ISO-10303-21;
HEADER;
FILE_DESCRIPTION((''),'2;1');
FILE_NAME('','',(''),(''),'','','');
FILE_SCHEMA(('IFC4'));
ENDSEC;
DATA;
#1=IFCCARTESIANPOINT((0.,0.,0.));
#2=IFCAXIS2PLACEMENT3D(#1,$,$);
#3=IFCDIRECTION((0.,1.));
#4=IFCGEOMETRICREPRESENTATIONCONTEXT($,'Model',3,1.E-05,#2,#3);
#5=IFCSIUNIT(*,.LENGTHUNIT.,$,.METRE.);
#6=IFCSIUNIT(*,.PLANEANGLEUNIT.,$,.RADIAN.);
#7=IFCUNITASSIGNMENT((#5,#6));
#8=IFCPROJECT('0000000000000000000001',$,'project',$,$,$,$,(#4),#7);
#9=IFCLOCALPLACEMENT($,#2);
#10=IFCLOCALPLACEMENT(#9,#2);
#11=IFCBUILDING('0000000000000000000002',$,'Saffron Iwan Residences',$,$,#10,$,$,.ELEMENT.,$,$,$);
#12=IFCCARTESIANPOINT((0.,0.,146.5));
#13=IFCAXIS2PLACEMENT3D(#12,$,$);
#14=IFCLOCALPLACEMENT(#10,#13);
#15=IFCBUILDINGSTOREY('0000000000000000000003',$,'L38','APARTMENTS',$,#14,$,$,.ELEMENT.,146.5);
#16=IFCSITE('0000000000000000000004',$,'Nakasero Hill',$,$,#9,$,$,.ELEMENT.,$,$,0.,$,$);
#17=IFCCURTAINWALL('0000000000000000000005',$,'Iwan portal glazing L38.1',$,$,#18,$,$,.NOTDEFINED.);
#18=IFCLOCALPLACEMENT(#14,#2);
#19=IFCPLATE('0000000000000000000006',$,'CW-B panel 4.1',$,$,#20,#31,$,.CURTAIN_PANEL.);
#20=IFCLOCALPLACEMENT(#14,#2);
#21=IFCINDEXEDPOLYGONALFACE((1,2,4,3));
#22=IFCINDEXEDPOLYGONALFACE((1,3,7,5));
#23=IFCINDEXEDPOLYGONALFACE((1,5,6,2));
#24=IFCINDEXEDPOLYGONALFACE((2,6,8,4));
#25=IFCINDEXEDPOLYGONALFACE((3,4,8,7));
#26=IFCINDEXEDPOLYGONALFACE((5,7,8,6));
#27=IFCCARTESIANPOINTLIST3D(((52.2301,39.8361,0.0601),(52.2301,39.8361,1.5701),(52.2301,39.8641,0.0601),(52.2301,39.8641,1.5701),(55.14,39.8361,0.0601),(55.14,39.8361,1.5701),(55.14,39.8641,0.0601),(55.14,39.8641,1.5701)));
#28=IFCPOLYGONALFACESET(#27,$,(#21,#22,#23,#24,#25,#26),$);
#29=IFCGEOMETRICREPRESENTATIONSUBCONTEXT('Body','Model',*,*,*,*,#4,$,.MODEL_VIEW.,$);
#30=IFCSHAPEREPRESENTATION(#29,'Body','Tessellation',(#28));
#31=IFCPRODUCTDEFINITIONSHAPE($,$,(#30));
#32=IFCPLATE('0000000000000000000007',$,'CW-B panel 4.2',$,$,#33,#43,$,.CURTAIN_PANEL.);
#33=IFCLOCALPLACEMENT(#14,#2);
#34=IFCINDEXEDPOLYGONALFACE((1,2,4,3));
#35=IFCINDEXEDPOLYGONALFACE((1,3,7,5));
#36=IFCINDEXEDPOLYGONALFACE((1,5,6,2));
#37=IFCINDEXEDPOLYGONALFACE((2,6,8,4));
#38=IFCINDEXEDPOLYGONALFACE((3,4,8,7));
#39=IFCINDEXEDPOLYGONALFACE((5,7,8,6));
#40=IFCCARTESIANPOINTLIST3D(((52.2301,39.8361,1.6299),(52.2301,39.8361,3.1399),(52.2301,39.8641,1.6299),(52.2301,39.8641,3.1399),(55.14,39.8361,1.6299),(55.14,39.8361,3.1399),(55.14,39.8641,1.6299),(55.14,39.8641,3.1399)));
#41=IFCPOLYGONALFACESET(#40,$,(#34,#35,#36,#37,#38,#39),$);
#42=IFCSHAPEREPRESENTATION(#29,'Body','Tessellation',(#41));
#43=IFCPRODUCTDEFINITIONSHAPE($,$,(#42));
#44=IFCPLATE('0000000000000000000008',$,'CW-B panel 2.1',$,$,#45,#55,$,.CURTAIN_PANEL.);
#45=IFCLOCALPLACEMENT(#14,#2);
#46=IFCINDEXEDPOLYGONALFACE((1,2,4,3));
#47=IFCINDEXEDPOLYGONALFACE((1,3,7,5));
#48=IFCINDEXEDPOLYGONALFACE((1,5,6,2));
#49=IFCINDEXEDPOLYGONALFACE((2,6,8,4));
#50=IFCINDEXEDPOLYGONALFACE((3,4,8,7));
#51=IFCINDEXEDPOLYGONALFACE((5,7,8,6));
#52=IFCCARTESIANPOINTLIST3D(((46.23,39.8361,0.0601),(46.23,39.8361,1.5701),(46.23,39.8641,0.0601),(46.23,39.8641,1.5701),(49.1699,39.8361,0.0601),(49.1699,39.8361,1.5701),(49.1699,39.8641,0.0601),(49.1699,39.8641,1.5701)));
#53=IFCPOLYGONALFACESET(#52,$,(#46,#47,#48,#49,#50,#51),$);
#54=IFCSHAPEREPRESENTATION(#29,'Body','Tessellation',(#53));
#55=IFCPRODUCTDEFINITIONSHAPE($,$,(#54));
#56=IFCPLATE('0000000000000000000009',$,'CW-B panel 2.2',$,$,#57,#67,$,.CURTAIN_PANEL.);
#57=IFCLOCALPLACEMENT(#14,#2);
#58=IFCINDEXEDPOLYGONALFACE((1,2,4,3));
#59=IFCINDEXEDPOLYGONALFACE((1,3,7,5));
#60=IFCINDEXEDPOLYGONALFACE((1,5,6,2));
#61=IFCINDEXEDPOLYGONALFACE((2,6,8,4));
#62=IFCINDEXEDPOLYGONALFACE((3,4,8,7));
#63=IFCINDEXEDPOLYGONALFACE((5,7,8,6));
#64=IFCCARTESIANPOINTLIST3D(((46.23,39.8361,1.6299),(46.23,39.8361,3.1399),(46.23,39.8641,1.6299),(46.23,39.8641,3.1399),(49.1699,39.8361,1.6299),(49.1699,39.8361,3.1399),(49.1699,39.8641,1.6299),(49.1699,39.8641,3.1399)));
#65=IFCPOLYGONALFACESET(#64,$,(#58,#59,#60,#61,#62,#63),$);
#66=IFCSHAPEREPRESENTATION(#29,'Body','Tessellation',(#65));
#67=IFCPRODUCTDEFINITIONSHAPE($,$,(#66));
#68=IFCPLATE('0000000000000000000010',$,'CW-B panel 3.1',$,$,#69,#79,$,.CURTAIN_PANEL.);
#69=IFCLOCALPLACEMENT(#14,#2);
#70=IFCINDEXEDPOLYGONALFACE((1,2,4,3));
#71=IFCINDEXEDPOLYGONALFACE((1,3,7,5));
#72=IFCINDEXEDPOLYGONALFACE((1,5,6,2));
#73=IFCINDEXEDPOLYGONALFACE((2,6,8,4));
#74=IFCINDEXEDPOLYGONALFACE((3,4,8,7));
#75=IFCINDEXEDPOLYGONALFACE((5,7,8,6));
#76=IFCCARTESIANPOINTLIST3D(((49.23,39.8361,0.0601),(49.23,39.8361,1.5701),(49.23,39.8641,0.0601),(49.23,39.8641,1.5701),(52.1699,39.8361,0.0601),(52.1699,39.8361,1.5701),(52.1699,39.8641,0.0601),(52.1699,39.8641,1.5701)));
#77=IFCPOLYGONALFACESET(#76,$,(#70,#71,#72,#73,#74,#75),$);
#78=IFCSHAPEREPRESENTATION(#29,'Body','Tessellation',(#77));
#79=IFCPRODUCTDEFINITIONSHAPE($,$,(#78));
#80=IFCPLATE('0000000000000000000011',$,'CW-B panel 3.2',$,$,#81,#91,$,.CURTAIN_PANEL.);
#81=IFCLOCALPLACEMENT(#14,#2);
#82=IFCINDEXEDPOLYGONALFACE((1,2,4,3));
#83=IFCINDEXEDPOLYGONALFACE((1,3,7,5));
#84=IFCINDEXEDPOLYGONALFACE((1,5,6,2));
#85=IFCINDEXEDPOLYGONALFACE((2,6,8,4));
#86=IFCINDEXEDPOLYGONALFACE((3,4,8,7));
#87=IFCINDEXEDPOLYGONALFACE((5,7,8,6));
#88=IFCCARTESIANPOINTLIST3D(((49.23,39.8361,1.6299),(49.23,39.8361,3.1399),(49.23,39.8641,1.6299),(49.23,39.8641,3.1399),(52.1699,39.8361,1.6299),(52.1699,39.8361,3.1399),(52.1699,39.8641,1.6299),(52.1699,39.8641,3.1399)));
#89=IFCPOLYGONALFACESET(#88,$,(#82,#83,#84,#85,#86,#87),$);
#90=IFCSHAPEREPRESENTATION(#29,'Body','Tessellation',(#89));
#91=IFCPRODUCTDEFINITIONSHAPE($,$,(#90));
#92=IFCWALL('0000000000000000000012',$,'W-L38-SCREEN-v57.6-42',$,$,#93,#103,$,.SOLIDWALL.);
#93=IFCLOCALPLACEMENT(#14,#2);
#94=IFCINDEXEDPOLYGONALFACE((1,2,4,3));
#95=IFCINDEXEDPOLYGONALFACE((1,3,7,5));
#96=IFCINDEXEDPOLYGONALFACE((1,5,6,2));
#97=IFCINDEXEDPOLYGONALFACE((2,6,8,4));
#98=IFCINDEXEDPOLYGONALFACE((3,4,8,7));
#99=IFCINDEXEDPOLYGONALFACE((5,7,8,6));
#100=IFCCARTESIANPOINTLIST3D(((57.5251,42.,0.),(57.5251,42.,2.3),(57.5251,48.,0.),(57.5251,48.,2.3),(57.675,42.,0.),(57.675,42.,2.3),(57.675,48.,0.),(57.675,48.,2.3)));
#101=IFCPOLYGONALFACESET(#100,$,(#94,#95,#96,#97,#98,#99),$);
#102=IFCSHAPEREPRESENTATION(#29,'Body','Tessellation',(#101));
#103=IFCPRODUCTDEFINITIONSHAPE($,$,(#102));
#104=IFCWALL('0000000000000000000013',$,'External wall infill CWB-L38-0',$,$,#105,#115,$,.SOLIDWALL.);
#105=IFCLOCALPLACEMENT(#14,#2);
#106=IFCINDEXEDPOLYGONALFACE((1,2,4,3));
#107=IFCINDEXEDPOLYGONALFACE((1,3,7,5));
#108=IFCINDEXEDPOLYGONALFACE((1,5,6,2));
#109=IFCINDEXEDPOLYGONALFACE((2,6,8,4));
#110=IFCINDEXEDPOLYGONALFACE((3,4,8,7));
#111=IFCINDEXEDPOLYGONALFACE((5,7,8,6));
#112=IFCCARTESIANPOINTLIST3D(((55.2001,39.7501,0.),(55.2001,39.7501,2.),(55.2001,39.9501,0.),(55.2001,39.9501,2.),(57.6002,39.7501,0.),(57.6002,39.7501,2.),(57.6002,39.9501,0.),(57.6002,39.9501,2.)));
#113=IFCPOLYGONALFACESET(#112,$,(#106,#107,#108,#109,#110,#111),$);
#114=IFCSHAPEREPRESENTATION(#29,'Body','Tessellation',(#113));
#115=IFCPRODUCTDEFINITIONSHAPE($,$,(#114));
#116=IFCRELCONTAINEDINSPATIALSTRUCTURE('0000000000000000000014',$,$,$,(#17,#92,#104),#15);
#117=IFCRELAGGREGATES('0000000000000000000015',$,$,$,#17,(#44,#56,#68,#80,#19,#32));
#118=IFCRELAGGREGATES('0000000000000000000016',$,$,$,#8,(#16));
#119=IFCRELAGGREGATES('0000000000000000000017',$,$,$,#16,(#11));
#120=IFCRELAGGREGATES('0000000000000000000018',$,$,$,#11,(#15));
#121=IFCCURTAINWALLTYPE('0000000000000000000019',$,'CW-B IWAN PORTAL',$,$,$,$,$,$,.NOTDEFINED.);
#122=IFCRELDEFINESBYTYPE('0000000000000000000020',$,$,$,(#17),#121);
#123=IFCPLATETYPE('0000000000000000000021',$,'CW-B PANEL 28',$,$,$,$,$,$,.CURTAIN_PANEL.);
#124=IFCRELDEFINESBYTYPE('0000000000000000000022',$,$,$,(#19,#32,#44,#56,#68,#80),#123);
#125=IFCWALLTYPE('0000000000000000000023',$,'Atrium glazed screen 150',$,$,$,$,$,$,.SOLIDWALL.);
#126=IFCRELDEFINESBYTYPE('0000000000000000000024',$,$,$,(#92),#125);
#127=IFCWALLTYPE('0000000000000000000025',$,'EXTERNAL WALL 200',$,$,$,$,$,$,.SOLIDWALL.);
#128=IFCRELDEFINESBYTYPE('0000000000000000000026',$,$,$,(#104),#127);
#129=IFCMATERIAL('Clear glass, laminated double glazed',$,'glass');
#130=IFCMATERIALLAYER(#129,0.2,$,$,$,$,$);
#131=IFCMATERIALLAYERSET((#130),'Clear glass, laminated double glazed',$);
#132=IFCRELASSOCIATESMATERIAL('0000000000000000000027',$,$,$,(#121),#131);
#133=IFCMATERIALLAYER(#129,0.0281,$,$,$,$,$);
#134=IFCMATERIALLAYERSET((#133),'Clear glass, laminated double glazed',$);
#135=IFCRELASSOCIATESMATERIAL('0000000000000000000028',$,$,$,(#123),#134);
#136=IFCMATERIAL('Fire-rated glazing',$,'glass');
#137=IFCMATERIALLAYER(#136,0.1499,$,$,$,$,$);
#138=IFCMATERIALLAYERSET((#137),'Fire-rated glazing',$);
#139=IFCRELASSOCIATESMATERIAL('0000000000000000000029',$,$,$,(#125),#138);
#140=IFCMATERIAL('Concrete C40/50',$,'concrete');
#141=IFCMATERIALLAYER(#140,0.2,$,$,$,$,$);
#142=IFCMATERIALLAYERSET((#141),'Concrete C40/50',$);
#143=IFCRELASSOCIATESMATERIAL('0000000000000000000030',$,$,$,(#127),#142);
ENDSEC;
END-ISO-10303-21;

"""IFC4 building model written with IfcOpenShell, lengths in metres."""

from ifc_helpers import new_model, si_unit, direction, frame, frame_2d, origin, origin_2d, place, context, subcontext, project, spatial, rectangle, extrude, source, transform, mapped, material, layer, layer_set, type_object, element, aggregate, save


model = new_model("IFC4")

# Units and contexts
model_context = context("Model", 3, precision=1e-05, world=origin(), true_north=direction((0.0, 1.0)))
body_context = subcontext(model_context, "Body", "Model", "MODEL_VIEW")
ifc_project = project(units=[si_unit("LENGTHUNIT", "METRE"), si_unit("PLANEANGLEUNIT", "RADIAN")], contexts=[model_context])

# Site, building, storey
site_placement = place(None, origin())
site = spatial("IfcSite", under=ifc_project, at=site_placement, Name="Nakasero Hill", CompositionType="ELEMENT", RefElevation=0.0)
building_placement = place(site_placement, origin())
building = spatial("IfcBuilding", under=site, at=building_placement, Name="Saffron Iwan Residences", CompositionType="ELEMENT")
storey_placement = place(building_placement, frame((0.0, 0.0, 146.5)))
storey = spatial("IfcBuildingStorey", under=building, at=storey_placement, Name="L38", Description="APARTMENTS", CompositionType="ELEMENT", Elevation=146.5)

# Curtain wall, plates
ifc_material_1 = material(Name="Clear glass, laminated double glazed", Category="glass")
ifc_layer_1 = layer(ifc_material_1, 0.2)
ifc_layer_set_1 = layer_set([ifc_layer_1], Name="Clear glass, laminated double glazed")
curtain_wall_type = type_object("IfcCurtainWallType", Name="CW-B IWAN PORTAL", PredefinedType="NOTDEFINED", material=ifc_layer_set_1)
curtain_wall_placement = place(storey_placement, origin())
curtain_wall = element("IfcCurtainWall", 1, at=curtain_wall_placement, inside=storey, type_object=curtain_wall_type, Name="Iwan portal glazing L38.1", PredefinedType="NOTDEFINED")
ifc_layer_2 = layer(ifc_material_1, 0.0281)
ifc_layer_set_2 = layer_set([ifc_layer_2], Name="Clear glass, laminated double glazed")
plate_type = type_object("IfcPlateType", Name="CW-B PANEL 28", PredefinedType="CURTAIN_PANEL", material=ifc_layer_set_2)
shared_shape_1 = source(origin(), body_context, "Body", "SweptSolid", [
    extrude(rectangle(XDim=2.9099, YDim=0.0281, at=origin_2d()), origin(), (0.0, 0.0, 1.0), 1.51),
])
plate_1_placement = place(storey_placement, frame((53.6851, 39.8501, 0.0601), z_axis=(0.0, 0.0, 1.0), x_axis=(1.0, 0.0, 0.0)))
plate_1 = element("IfcPlate", 2, at=plate_1_placement, type_object=plate_type, Name="CW-B panel 4.1", PredefinedType="CURTAIN_PANEL", context=body_context, shape_type="MappedRepresentation", body=[
    mapped(shared_shape_1, transform((0.0, 0.0, 0.0))),
])
plate_2_placement = place(storey_placement, frame((53.6851, 39.8501, 1.6299), z_axis=(0.0, 0.0, 1.0), x_axis=(1.0, 0.0, 0.0)))
plate_2 = element("IfcPlate", 3, at=plate_2_placement, type_object=plate_type, Name="CW-B panel 4.2", PredefinedType="CURTAIN_PANEL", context=body_context, shape_type="MappedRepresentation", body=[
    mapped(shared_shape_1, transform((0.0, 0.0, 0.0))),
])
shared_shape_2 = source(origin(), body_context, "Body", "SweptSolid", [
    extrude(rectangle(XDim=2.9399, YDim=0.0281, at=origin_2d()), origin(), (0.0, 0.0, 1.0), 1.51),
])
plate_3_placement = place(storey_placement, frame((47.7, 39.8501, 0.0601), z_axis=(0.0, 0.0, 1.0), x_axis=(1.0, 0.0, 0.0)))
plate_3 = element("IfcPlate", 4, at=plate_3_placement, type_object=plate_type, Name="CW-B panel 2.1", PredefinedType="CURTAIN_PANEL", context=body_context, shape_type="MappedRepresentation", body=[
    mapped(shared_shape_2, transform((0.0, 0.0, 0.0))),
])
plate_4_placement = place(storey_placement, frame((47.7, 39.8501, 1.6299), z_axis=(0.0, 0.0, 1.0), x_axis=(1.0, 0.0, 0.0)))
plate_4 = element("IfcPlate", 5, at=plate_4_placement, type_object=plate_type, Name="CW-B panel 2.2", PredefinedType="CURTAIN_PANEL", context=body_context, shape_type="MappedRepresentation", body=[
    mapped(shared_shape_2, transform((0.0, 0.0, 0.0))),
])
plate_5_placement = place(storey_placement, frame((50.7, 39.8501, 0.0601), z_axis=(0.0, 0.0, 1.0), x_axis=(1.0, 0.0, 0.0)))
plate_5 = element("IfcPlate", 6, at=plate_5_placement, type_object=plate_type, Name="CW-B panel 3.1", PredefinedType="CURTAIN_PANEL", context=body_context, shape_type="MappedRepresentation", body=[
    mapped(shared_shape_2, transform((0.0, 0.0, 0.0))),
])
plate_6_placement = place(storey_placement, frame((50.7, 39.8501, 1.6299), z_axis=(0.0, 0.0, 1.0), x_axis=(1.0, 0.0, 0.0)))
plate_6 = element("IfcPlate", 7, at=plate_6_placement, type_object=plate_type, Name="CW-B panel 3.2", PredefinedType="CURTAIN_PANEL", context=body_context, shape_type="MappedRepresentation", body=[
    mapped(shared_shape_2, transform((0.0, 0.0, 0.0))),
])
aggregate(curtain_wall, [plate_3, plate_4, plate_5, plate_6, plate_1, plate_2])

# Walls
ifc_material_2 = material(Name="Fire-rated glazing", Category="glass")
ifc_layer_3 = layer(ifc_material_2, 0.1499)
ifc_layer_set_3 = layer_set([ifc_layer_3], Name="Fire-rated glazing")
wall_type_1 = type_object("IfcWallType", Name="Atrium glazed screen 150", PredefinedType="SOLIDWALL", material=ifc_layer_set_3)
wall_1_placement = place(storey_placement, frame((57.6001, 42.0, 0.0), z_axis=(0.0, 0.0, 1.0), x_axis=(0.0, 1.0, 0.0)))
element("IfcWall", 8, at=wall_1_placement, inside=storey, type_object=wall_type_1, Name="W-L38-SCREEN-v57.6-42", PredefinedType="SOLIDWALL", context=body_context, shape_type="SweptSolid", body=[
    extrude(rectangle(XDim=6.0, YDim=0.1499, at=frame_2d((3.0, 0.0))), origin(), (0.0, 0.0, 1.0), 2.3),
])
ifc_material_3 = material(Name="Concrete C40/50", Category="concrete")
ifc_layer_4 = layer(ifc_material_3, 0.2)
ifc_layer_set_4 = layer_set([ifc_layer_4], Name="Concrete C40/50")
wall_type_2 = type_object("IfcWallType", Name="EXTERNAL WALL 200", PredefinedType="SOLIDWALL", material=ifc_layer_set_4)
wall_2_placement = place(storey_placement, frame((55.2, 39.8501, 0.0), z_axis=(0.0, 0.0, 1.0), x_axis=(1.0, 0.0, 0.0)))
element("IfcWall", 9, at=wall_2_placement, inside=storey, type_object=wall_type_2, Name="External wall infill CWB-L38-0", PredefinedType="SOLIDWALL", context=body_context, shape_type="SweptSolid", body=[
    extrude(rectangle(XDim=2.4001, YDim=0.2, at=frame_2d((1.2002, 0.0))), origin(), (0.0, 0.0, 1.0), 2.0),
])

save(model, "model.ifc")
